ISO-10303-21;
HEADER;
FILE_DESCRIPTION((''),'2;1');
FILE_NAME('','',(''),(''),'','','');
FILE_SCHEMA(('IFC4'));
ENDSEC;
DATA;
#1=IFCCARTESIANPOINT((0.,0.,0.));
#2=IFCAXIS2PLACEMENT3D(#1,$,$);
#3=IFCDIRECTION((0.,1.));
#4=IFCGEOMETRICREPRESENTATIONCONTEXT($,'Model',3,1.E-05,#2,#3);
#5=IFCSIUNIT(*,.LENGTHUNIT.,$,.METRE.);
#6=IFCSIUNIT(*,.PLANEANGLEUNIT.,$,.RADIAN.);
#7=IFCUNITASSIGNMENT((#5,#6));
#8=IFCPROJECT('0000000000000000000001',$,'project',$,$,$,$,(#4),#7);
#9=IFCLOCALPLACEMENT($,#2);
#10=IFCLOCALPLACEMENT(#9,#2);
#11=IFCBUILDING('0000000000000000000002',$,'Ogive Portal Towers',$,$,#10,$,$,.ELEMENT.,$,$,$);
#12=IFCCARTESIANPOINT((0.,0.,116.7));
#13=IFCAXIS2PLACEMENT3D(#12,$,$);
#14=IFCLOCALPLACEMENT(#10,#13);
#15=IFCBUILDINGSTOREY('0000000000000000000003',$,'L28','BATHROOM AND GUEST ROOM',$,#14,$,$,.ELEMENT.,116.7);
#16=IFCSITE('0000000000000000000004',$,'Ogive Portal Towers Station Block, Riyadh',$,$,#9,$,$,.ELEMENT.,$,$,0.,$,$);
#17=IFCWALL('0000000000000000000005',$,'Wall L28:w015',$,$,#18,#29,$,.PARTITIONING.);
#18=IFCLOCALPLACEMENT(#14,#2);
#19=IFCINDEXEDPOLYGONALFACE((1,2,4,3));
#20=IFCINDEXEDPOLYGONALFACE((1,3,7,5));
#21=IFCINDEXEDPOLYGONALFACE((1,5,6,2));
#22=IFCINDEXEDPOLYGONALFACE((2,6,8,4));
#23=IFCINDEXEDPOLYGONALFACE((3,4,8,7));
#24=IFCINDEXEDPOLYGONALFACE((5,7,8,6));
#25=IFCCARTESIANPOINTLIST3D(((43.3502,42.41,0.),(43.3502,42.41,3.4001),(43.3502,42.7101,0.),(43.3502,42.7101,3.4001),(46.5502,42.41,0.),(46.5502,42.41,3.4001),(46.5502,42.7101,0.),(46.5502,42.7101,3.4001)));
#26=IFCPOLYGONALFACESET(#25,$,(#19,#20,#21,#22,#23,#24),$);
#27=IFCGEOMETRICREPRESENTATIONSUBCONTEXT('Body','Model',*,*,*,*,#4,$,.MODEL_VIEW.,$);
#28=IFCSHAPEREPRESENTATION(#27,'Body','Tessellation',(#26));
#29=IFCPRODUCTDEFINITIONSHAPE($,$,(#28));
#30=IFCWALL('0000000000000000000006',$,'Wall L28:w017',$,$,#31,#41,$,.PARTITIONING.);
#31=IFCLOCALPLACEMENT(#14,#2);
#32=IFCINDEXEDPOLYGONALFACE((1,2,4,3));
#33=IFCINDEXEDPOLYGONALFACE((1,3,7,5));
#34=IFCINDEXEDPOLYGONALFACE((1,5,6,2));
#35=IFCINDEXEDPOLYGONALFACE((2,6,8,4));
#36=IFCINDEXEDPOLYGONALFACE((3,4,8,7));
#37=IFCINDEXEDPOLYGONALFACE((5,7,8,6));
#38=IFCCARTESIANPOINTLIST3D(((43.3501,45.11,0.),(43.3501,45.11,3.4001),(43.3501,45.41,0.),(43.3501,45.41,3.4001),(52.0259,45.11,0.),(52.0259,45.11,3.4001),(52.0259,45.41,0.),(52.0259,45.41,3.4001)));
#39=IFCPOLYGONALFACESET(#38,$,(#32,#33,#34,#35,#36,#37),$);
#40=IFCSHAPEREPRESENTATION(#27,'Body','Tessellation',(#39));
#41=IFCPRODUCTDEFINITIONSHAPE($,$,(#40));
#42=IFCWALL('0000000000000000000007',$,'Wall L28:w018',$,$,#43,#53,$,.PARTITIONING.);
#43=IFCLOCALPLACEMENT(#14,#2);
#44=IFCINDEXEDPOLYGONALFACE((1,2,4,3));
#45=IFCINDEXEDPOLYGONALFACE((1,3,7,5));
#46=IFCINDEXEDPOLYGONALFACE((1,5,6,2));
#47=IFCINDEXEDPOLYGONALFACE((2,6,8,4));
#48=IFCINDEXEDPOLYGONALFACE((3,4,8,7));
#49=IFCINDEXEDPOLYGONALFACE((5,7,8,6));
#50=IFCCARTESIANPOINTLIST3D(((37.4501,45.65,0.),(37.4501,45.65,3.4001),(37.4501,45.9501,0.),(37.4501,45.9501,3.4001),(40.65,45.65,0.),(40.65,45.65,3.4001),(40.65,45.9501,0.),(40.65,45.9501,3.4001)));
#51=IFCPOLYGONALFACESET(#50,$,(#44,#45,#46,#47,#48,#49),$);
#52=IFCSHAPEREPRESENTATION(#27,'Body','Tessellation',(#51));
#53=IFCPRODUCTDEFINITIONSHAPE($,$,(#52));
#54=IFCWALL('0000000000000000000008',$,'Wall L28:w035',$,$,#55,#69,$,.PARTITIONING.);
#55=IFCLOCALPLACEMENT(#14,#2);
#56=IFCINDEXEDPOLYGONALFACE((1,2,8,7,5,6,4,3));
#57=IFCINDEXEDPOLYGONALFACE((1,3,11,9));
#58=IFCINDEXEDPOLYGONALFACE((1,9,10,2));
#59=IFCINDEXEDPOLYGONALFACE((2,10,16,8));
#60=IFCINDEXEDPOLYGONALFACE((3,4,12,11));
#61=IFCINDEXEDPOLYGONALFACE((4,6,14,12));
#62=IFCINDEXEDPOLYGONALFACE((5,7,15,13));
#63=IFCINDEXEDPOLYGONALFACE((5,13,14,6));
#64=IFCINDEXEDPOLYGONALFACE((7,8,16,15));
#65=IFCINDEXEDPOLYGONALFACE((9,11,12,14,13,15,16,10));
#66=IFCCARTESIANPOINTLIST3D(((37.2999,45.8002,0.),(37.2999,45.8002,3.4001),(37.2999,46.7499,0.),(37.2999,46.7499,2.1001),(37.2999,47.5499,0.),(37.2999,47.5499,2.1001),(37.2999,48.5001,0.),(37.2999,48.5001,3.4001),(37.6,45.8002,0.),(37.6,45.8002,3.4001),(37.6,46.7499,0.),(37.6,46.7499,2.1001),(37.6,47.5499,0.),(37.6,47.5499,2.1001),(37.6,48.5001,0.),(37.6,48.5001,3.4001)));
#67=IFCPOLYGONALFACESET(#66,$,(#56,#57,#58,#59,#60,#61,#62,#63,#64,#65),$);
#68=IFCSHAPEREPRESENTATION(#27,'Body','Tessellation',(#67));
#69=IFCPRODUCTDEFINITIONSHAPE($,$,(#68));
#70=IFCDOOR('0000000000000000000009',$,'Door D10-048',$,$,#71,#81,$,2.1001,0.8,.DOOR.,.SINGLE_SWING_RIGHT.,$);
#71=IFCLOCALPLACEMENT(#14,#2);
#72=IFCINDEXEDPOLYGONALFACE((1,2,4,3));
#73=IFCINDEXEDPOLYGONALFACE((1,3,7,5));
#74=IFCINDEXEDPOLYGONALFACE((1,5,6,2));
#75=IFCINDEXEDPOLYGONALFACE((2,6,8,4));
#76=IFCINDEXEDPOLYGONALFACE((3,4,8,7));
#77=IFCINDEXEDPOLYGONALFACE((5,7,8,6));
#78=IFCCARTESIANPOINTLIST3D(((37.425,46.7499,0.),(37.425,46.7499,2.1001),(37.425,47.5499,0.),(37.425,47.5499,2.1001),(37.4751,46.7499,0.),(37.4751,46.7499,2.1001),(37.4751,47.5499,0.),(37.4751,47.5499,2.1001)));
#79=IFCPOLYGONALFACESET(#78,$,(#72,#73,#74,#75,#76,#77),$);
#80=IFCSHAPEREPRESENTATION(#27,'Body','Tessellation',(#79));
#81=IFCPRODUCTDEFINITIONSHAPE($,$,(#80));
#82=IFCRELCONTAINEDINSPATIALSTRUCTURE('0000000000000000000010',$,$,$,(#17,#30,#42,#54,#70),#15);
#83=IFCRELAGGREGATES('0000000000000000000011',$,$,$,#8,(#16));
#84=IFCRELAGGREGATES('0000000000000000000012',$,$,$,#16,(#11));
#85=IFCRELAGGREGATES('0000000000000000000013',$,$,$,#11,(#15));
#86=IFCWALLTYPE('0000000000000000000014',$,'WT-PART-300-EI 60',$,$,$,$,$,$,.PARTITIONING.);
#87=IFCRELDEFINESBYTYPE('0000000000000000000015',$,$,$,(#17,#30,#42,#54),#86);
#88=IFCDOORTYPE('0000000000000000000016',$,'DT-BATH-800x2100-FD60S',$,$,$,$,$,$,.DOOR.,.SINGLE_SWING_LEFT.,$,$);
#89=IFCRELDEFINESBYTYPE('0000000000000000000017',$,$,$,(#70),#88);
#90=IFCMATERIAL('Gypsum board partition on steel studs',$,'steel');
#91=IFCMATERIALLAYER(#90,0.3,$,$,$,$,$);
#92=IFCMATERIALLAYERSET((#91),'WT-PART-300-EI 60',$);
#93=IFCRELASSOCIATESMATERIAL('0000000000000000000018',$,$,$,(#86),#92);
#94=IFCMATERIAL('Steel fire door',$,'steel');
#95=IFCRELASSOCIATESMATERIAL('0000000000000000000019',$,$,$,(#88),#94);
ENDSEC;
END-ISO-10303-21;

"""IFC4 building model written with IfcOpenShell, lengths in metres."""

from ifc_helpers import new_model, si_unit, direction, frame, frame_2d, origin, place, context, subcontext, project, spatial, rectangle, extrude, material, layer, layer_set, type_object, element, fill, save


model = new_model("IFC4")

# Units and contexts
model_context = context("Model", 3, precision=1e-05, world=origin(), true_north=direction((0.0, 1.0)))
body_context = subcontext(model_context, "Body", "Model", "MODEL_VIEW")
ifc_project = project(units=[si_unit("LENGTHUNIT", "METRE"), si_unit("PLANEANGLEUNIT", "RADIAN")], contexts=[model_context])

# Site, building, storey
site_placement = place(None, origin())
site = spatial("IfcSite", under=ifc_project, at=site_placement, Name="Ogive Portal Towers Station Block, Riyadh", CompositionType="ELEMENT", RefElevation=0.0)
building_placement = place(site_placement, origin())
building = spatial("IfcBuilding", under=site, at=building_placement, Name="Ogive Portal Towers", CompositionType="ELEMENT")
storey_placement = place(building_placement, frame((0.0, 0.0, 116.7)))
storey = spatial("IfcBuildingStorey", under=building, at=storey_placement, Name="L28", Description="BATHROOM AND GUEST ROOM", CompositionType="ELEMENT", Elevation=116.7)

# Walls
ifc_material_1 = material(Name="Gypsum board partition on steel studs", Category="steel")
ifc_layer_1 = layer(ifc_material_1, 0.3)
ifc_layer_set_1 = layer_set([ifc_layer_1], Name="WT-PART-300-EI 60")
wall_type_1 = type_object("IfcWallType", Name="WT-PART-300-EI 60", PredefinedType="PARTITIONING", material=ifc_layer_set_1)
wall_1_placement = place(storey_placement, frame((43.3501, 42.5601, 0.0), z_axis=(0.0, 0.0, 1.0), x_axis=(1.0, 0.0, 0.0)))
element("IfcWall", 1, at=wall_1_placement, inside=storey, type_object=wall_type_1, Name="Wall L28:w015", PredefinedType="PARTITIONING", context=body_context, shape_type="SweptSolid", body=[
    extrude(rectangle(XDim=3.2, YDim=0.3, at=frame_2d((1.6001, 0.0))), origin(), (0.0, 0.0, 1.0), 3.4001),
])
wall_2_placement = place(storey_placement, frame((43.3501, 45.26, 0.0), z_axis=(0.0, 0.0, 1.0), x_axis=(1.0, 0.0, 0.0)))
element("IfcWall", 2, at=wall_2_placement, inside=storey, type_object=wall_type_1, Name="Wall L28:w017", PredefinedType="PARTITIONING", context=body_context, shape_type="SweptSolid", body=[
    extrude(rectangle(XDim=8.6758, YDim=0.3, at=frame_2d((4.3379, 0.0))), origin(), (0.0, 0.0, 1.0), 3.4001),
])
wall_3_placement = place(storey_placement, frame((37.45, 45.8, 0.0), z_axis=(0.0, 0.0, 1.0), x_axis=(1.0, 0.0, 0.0)))
element("IfcWall", 3, at=wall_3_placement, inside=storey, type_object=wall_type_1, Name="Wall L28:w018", PredefinedType="PARTITIONING", context=body_context, shape_type="SweptSolid", body=[
    extrude(rectangle(XDim=3.2, YDim=0.3, at=frame_2d((1.6001, 0.0))), origin(), (0.0, 0.0, 1.0), 3.4001),
])

# Wall, opening, door
wall_4_placement = place(storey_placement, frame((37.45, 45.8, 0.0), z_axis=(0.0, 0.0, 1.0), x_axis=(0.0, 1.0, 0.0)))
wall_4 = element("IfcWall", 4, at=wall_4_placement, inside=storey, type_object=wall_type_1, Name="Wall L28:w035", PredefinedType="PARTITIONING", context=body_context, shape_type="SweptSolid", body=[
    extrude(rectangle(XDim=2.7, YDim=0.3, at=frame_2d((1.3501, 0.0))), origin(), (0.0, 0.0, 1.0), 3.4001),
])
opening_1_placement = place(wall_4_placement, frame((0.95, 0.0, 0.0)))
opening_1 = element("IfcOpeningElement", 5, at=opening_1_placement, cuts=wall_4, PredefinedType="OPENING", context=body_context, shape_type="SweptSolid", body=[
    extrude(rectangle(XDim=0.8, YDim=2.1001, at=frame_2d((0.3999, 1.05))), frame((0.0, 0.1602, 0.0), z_axis=(0.0, -1.0, 0.0), x_axis=(1.0, 0.0, 0.0)), (0.0, 0.0, 1.0), 0.3201),
])
ifc_material_2 = material(Name="Steel fire door", Category="steel")
door_type_1 = type_object("IfcDoorType", Name="DT-BATH-800x2100-FD60S", OperationType="SINGLE_SWING_LEFT", PredefinedType="DOOR", material=ifc_material_2)
door_1_placement = place(opening_1_placement, origin())
door_1 = element("IfcDoor", 6, at=door_1_placement, inside=storey, type_object=door_type_1, Name="Door D10-048", OperationType="SINGLE_SWING_RIGHT", OverallHeight=2.1001, OverallWidth=0.8, PredefinedType="DOOR", context=body_context, shape_type="SweptSolid", body=[
    extrude(rectangle(XDim=0.8, YDim=2.1001, at=frame_2d((0.3999, 1.05))), frame((0.0, 0.0249, 0.0), z_axis=(0.0, -1.0, 0.0), x_axis=(1.0, 0.0, 0.0)), (0.0, 0.0, 1.0), 0.05),
])
fill(opening_1, door_1)

save(model, "model.ifc")
